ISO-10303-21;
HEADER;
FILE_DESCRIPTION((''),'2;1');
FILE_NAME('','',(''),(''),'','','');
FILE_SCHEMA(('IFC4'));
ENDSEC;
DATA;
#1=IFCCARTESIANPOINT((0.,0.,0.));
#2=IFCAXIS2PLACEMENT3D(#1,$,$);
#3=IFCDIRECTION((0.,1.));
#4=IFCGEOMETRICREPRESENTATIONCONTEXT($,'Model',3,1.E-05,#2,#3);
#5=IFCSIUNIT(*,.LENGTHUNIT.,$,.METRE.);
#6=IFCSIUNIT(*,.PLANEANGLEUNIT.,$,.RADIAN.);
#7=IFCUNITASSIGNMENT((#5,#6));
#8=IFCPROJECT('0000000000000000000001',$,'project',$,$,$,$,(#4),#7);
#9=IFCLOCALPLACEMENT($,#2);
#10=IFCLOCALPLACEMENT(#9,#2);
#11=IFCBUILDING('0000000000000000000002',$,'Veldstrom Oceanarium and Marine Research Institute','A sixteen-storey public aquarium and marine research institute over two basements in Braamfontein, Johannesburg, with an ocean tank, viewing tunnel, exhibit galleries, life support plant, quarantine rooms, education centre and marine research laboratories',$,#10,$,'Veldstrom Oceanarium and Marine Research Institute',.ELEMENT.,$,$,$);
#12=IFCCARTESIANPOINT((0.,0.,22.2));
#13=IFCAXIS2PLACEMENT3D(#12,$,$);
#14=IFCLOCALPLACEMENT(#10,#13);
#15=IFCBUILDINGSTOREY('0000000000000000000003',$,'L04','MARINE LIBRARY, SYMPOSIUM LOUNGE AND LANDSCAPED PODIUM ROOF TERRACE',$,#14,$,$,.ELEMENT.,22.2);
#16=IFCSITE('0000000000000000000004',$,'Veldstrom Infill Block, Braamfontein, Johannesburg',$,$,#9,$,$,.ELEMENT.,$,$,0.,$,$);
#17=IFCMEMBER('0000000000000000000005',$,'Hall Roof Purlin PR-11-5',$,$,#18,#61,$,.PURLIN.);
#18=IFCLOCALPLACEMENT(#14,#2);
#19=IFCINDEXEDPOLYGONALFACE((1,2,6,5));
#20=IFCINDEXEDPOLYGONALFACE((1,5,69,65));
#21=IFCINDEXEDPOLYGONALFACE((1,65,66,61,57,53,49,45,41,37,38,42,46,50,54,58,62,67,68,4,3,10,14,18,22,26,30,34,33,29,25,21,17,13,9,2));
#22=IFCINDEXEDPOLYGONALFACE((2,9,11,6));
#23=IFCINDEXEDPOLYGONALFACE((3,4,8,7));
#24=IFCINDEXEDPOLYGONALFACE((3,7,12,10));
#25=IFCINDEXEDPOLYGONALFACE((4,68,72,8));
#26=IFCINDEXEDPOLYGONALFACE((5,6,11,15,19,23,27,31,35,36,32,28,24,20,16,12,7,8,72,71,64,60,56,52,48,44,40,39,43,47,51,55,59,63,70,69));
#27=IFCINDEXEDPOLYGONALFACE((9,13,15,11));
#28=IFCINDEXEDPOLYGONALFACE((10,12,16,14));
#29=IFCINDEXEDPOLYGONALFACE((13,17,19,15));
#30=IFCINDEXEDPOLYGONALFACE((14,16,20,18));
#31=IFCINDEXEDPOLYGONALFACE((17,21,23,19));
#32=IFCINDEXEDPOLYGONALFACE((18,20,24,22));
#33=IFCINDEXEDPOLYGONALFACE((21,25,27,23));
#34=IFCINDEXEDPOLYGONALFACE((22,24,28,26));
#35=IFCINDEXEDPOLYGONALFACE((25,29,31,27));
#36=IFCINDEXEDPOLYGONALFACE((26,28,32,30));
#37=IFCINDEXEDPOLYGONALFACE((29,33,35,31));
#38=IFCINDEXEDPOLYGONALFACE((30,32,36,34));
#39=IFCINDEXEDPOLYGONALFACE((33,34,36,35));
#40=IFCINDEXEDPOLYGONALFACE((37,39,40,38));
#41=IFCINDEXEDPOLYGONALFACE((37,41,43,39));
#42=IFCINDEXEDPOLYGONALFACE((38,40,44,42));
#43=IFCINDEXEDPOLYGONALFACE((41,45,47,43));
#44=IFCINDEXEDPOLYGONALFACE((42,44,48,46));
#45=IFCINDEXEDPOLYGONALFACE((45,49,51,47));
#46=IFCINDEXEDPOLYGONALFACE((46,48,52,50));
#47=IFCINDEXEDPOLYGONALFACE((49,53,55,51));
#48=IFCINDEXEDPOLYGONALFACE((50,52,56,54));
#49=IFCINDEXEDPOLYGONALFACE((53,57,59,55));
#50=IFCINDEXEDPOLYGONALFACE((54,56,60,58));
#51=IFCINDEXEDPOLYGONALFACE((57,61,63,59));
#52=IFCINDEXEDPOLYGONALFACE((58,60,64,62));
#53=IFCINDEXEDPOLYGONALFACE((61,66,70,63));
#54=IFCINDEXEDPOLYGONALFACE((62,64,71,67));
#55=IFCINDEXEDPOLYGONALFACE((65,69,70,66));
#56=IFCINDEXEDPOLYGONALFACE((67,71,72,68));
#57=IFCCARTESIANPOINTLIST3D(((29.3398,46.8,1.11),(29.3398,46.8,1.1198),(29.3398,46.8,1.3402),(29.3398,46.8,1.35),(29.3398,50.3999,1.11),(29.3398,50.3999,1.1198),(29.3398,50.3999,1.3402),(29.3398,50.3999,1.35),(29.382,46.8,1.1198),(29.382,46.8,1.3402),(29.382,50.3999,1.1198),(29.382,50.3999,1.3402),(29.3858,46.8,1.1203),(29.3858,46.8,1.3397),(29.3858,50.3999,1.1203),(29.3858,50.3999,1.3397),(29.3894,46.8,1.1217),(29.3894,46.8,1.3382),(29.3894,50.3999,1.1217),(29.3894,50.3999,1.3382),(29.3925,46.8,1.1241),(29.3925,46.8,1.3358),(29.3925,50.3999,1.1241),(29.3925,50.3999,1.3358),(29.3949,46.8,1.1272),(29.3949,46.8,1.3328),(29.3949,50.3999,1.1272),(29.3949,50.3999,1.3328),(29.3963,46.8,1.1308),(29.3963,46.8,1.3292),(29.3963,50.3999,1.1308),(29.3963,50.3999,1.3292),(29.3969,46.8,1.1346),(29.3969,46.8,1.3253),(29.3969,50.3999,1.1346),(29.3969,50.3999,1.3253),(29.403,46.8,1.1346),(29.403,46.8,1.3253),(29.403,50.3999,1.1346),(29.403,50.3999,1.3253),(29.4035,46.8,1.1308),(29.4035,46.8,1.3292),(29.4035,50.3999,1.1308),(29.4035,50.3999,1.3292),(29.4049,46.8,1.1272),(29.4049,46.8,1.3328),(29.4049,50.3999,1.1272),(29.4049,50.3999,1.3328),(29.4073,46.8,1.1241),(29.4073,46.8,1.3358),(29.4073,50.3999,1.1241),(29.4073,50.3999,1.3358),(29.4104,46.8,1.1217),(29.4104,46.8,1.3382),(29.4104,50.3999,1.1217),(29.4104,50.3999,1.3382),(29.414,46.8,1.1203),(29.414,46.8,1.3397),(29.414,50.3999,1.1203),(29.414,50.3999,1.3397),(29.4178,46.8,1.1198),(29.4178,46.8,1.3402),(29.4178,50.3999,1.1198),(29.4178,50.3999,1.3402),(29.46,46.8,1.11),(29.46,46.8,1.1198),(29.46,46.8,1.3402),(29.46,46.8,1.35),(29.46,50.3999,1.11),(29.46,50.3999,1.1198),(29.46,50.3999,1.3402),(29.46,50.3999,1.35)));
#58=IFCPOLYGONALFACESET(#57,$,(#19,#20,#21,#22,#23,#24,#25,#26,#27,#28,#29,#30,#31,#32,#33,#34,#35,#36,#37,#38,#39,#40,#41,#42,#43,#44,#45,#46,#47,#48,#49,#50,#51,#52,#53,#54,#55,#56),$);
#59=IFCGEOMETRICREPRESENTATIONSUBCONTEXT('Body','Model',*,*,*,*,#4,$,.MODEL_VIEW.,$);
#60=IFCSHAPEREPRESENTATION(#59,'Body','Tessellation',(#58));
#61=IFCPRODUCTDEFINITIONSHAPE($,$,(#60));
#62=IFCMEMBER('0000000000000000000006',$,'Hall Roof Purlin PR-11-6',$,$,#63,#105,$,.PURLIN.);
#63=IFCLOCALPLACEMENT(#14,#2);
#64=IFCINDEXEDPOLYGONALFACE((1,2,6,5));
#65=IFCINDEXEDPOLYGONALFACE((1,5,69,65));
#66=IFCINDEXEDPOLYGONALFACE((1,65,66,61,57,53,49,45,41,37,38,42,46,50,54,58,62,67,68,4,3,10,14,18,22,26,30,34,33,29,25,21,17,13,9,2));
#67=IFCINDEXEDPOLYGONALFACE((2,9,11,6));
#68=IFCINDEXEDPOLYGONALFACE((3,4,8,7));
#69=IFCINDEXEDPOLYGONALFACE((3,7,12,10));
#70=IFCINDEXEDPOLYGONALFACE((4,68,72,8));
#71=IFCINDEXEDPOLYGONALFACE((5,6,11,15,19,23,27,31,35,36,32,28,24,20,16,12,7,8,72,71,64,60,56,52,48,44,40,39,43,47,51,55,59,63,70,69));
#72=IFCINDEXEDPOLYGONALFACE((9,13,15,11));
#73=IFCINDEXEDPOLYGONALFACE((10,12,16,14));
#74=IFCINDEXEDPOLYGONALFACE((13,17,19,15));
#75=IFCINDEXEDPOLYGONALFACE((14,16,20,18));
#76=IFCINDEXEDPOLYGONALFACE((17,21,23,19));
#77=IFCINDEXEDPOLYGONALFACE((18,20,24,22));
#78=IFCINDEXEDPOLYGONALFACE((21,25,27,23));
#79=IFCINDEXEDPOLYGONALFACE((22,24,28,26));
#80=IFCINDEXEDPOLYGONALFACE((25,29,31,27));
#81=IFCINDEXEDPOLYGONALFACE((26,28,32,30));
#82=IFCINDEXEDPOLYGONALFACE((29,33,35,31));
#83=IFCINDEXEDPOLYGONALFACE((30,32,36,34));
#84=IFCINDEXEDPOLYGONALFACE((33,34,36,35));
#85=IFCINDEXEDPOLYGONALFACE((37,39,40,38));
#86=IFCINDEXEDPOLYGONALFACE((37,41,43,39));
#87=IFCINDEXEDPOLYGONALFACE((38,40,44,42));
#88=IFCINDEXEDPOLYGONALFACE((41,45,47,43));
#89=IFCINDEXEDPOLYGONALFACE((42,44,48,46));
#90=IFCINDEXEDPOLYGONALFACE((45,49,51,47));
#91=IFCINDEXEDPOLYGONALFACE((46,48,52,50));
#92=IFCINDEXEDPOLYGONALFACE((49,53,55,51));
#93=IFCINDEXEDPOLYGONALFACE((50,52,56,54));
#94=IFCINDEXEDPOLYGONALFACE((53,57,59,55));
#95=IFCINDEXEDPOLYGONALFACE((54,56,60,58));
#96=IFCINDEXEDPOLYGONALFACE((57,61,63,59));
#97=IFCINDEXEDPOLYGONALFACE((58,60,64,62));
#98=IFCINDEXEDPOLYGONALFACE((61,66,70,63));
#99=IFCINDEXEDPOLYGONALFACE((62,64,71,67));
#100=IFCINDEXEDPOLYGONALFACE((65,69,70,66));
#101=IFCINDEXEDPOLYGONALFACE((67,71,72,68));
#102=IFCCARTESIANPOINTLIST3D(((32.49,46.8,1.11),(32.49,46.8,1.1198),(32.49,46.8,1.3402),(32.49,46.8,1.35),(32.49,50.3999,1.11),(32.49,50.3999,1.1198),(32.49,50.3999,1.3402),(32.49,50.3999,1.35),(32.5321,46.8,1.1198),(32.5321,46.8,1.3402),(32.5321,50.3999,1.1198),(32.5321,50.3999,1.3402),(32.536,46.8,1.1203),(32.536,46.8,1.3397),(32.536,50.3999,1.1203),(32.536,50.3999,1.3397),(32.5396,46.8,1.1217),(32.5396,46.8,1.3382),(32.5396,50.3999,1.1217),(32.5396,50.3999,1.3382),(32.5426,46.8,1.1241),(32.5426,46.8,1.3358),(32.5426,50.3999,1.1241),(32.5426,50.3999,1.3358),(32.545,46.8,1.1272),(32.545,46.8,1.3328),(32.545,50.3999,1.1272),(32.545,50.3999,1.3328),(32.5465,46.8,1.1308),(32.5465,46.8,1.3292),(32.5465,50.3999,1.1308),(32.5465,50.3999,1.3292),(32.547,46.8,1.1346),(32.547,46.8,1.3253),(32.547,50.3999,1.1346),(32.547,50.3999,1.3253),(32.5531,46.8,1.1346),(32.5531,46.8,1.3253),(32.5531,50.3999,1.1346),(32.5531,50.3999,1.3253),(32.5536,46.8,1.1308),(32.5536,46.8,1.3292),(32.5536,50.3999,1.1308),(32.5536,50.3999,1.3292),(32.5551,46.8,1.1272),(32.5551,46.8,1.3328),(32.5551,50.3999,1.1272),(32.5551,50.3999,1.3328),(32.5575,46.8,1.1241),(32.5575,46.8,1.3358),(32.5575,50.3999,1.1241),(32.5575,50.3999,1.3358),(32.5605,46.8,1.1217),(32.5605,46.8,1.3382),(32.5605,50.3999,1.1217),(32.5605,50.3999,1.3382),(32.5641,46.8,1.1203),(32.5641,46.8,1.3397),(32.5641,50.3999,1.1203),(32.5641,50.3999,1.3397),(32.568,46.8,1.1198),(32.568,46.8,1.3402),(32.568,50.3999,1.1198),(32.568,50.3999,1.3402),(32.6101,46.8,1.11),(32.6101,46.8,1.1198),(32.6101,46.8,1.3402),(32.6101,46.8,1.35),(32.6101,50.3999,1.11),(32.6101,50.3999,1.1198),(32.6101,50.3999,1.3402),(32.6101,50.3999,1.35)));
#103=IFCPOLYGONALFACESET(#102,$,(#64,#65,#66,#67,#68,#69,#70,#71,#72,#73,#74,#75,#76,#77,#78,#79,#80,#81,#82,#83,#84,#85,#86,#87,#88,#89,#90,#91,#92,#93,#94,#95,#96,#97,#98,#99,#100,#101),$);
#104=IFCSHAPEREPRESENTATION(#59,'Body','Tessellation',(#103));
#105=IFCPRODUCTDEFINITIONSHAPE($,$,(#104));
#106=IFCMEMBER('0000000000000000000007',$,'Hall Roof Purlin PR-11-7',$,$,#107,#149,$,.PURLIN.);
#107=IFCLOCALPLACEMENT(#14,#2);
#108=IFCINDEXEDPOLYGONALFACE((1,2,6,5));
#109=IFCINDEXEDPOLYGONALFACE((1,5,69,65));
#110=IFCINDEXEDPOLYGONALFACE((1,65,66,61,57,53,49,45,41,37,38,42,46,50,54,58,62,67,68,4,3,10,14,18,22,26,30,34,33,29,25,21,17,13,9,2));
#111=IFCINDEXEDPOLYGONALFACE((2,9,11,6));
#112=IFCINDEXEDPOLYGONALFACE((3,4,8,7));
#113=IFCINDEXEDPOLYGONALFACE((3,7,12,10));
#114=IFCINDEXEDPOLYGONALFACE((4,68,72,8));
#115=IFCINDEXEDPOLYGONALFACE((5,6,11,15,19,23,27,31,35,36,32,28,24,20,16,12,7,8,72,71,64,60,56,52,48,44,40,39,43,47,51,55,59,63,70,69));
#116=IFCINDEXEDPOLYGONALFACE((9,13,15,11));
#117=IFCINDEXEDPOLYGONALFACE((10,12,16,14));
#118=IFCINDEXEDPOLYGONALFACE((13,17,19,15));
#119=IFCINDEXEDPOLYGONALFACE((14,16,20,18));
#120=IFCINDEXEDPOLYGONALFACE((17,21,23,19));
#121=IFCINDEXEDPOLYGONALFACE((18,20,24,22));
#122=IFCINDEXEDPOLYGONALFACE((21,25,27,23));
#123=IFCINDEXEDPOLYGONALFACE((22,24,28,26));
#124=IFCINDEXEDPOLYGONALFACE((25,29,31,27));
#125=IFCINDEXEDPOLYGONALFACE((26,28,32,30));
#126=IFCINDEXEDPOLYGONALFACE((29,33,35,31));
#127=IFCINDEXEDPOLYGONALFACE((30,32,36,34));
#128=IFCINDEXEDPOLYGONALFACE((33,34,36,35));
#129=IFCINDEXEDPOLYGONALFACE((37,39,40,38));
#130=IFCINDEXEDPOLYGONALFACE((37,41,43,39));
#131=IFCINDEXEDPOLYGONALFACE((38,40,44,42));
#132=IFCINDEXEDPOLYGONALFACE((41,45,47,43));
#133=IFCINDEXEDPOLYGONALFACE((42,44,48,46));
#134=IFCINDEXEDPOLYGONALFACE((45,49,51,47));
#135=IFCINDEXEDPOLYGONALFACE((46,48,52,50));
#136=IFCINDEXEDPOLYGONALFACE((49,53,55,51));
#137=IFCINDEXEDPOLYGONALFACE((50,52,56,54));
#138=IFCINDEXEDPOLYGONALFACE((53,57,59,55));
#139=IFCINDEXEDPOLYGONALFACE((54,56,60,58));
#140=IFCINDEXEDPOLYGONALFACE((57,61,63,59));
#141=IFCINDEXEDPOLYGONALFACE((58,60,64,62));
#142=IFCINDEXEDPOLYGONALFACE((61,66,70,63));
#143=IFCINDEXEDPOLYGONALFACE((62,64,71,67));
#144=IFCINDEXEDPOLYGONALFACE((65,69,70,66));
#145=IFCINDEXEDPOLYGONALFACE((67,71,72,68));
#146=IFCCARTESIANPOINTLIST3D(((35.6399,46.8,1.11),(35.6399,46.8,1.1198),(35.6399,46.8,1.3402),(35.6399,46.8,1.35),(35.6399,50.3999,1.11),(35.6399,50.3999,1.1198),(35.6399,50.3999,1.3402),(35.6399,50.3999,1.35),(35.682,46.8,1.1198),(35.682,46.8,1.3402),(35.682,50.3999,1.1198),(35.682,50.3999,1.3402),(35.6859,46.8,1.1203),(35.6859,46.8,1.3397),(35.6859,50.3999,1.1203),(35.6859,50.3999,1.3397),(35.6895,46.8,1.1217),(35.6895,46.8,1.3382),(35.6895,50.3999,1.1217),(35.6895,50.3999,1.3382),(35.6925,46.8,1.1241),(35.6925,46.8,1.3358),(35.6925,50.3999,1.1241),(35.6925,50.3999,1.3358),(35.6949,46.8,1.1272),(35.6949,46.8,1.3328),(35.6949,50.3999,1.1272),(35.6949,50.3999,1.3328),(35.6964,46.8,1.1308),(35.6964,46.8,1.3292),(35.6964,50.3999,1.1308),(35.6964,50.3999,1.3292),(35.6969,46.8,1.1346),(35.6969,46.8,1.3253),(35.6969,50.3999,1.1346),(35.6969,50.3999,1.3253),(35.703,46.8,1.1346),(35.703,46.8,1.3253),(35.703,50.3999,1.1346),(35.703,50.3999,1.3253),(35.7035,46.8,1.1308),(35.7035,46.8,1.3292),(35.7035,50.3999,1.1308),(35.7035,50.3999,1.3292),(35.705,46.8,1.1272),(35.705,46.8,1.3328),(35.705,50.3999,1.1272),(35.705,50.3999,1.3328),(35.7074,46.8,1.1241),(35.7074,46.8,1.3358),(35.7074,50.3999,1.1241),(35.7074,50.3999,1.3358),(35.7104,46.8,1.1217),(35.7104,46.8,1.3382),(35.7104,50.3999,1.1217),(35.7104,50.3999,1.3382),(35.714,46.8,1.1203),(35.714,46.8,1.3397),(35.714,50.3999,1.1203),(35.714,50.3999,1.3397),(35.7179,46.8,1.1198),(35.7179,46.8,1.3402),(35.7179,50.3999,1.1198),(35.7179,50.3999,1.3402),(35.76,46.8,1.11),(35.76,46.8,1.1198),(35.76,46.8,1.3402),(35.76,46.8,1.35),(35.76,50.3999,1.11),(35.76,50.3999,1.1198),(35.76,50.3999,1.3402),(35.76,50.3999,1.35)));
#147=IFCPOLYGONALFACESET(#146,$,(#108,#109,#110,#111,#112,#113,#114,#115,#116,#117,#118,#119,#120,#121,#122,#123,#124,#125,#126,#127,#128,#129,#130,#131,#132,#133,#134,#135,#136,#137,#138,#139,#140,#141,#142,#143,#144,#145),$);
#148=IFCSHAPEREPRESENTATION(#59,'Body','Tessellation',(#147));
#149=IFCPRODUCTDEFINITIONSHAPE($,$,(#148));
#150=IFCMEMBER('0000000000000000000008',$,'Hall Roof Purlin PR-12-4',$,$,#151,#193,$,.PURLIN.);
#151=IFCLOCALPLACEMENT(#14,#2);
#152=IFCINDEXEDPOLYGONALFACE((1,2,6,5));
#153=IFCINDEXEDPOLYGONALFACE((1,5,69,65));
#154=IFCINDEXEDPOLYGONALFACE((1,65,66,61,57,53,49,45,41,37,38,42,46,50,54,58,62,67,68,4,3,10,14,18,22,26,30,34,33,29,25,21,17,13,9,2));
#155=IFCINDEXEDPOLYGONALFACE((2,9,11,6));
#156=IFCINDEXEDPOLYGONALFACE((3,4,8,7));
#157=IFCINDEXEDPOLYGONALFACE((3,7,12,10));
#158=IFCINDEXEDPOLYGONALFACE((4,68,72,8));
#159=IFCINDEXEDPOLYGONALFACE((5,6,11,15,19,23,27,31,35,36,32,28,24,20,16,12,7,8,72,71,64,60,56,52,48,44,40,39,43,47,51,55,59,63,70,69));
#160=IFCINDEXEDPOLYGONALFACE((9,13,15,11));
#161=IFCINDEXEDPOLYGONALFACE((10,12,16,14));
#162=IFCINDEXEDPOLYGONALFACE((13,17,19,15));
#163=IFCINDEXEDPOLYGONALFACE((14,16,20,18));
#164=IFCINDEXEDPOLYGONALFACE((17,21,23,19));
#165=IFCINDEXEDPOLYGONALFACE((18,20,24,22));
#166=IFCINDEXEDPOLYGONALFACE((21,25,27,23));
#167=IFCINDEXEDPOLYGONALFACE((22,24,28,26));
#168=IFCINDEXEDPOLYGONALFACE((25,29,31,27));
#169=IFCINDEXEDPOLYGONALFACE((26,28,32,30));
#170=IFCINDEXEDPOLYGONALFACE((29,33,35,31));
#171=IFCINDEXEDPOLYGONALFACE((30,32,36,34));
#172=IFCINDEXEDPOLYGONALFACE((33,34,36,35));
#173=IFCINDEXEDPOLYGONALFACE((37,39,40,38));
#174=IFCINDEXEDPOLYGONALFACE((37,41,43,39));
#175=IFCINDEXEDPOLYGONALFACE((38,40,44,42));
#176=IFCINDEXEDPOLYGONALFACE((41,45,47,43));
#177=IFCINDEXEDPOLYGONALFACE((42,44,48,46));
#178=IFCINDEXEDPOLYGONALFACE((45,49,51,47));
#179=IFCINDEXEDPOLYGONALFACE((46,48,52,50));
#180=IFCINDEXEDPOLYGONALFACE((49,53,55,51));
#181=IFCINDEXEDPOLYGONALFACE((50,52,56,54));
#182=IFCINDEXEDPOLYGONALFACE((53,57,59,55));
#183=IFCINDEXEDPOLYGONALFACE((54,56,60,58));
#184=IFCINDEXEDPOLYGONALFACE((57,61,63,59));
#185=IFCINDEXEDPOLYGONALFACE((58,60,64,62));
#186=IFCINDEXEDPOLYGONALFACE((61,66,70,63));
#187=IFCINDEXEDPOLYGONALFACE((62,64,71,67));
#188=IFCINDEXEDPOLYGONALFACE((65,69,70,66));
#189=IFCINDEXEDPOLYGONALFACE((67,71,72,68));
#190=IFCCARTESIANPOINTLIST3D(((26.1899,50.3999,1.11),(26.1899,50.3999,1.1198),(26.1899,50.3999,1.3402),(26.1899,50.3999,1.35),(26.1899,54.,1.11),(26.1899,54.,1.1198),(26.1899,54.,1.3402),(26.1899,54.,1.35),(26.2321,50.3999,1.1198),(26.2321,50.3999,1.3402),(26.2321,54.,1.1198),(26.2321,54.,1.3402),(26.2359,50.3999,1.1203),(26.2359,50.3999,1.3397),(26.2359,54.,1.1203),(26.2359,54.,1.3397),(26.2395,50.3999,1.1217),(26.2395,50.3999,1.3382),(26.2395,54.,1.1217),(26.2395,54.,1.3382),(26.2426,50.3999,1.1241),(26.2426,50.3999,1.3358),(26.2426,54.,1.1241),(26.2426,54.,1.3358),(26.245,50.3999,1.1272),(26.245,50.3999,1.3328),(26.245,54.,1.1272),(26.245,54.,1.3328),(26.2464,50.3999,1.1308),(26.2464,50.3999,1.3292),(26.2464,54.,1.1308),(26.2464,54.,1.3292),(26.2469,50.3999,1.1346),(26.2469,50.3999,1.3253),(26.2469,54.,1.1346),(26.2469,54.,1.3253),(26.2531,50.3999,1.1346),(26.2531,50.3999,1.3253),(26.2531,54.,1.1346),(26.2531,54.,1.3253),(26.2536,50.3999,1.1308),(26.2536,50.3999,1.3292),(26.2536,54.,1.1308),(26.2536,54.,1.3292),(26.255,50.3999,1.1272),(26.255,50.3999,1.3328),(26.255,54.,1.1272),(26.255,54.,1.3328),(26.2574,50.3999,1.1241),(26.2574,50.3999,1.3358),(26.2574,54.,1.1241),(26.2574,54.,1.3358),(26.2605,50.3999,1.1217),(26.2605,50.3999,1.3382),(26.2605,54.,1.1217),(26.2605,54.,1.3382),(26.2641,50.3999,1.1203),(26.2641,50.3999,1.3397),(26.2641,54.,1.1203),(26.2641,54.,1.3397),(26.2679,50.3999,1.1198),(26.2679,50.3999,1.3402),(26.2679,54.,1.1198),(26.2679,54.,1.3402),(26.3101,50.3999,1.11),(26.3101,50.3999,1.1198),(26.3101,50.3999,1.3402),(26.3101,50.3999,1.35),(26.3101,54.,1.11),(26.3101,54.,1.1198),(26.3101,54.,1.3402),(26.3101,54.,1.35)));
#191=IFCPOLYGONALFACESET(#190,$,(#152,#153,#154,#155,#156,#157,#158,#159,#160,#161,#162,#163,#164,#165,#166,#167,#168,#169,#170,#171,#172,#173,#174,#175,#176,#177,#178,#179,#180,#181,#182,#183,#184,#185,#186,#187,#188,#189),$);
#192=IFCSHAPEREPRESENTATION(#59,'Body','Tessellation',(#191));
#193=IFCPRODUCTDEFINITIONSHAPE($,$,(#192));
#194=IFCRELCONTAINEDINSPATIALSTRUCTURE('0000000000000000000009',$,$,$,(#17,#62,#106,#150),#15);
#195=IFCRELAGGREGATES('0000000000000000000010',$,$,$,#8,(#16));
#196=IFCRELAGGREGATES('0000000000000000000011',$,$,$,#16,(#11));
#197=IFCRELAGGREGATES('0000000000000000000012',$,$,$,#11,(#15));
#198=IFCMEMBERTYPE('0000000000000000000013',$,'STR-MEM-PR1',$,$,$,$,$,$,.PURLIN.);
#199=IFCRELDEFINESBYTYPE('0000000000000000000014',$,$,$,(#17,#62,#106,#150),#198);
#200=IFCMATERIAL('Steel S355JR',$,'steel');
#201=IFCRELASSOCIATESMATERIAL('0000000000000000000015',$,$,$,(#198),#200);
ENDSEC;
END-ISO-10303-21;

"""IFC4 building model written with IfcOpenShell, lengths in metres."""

from ifc_helpers import new_model, si_unit, direction, frame, origin, origin_2d, place, context, subcontext, project, spatial, i_section, extrude, material, material_profile, profile_set, type_object, element, save


model = new_model("IFC4")

# Units and contexts
model_context = context("Model", 3, precision=1e-05, world=origin(), true_north=direction((0.0, 1.0)))
body_context = subcontext(model_context, "Body", "Model", "MODEL_VIEW")
ifc_project = project(units=[si_unit("LENGTHUNIT", "METRE"), si_unit("PLANEANGLEUNIT", "RADIAN")], contexts=[model_context])

# Site, building, storey
site_placement = place(None, origin())
site = spatial("IfcSite", under=ifc_project, at=site_placement, Name="Veldstrom Infill Block, Braamfontein, Johannesburg", CompositionType="ELEMENT", RefElevation=0.0)
building_placement = place(site_placement, origin())
building = spatial("IfcBuilding", under=site, at=building_placement, Name="Veldstrom Oceanarium and Marine Research Institute", Description="A sixteen-storey public aquarium and marine research institute over two basements in Braamfontein, Johannesburg, with an ocean tank, viewing tunnel, exhibit galleries, life support plant, quarantine rooms, education centre and marine research laboratories", LongName="Veldstrom Oceanarium and Marine Research Institute", CompositionType="ELEMENT")
storey_placement = place(building_placement, frame((0.0, 0.0, 22.2)))
storey = spatial("IfcBuildingStorey", under=building, at=storey_placement, Name="L04", Description="MARINE LIBRARY, SYMPOSIUM LOUNGE AND LANDSCAPED PODIUM ROOF TERRACE", CompositionType="ELEMENT", Elevation=22.2)

# Members
ifc_material_1 = material(Name="Steel S355JR", Category="steel")
ifc_material_profile_1 = material_profile(ifc_material_1, i_section(OverallWidth=0.1201, OverallDepth=0.24, WebThickness=0.0061, FlangeThickness=0.0098, FilletRadius=0.0149, at=origin_2d()), Name="IPE 240")
ifc_profile_set_1 = profile_set([ifc_material_profile_1], Name="Steel S355JR")
member_type_1 = type_object("IfcMemberType", Name="STR-MEM-PR1", PredefinedType="PURLIN", material=ifc_profile_set_1)
for number, where, z_axis, x_axis, name in (
    (1, (29.3999, 46.8, 1.23), (0.0, 1.0, 0.0), (-1.0, 0.0, 0.0), "Hall Roof Purlin PR-11-5"),
    (2, (32.55, 46.8, 1.23), (0.0, 1.0, 0.0), (-1.0, 0.0, 0.0), "Hall Roof Purlin PR-11-6"),
    (3, (35.7, 46.8, 1.23), (0.0, 1.0, 0.0), (-1.0, 0.0, 0.0), "Hall Roof Purlin PR-11-7"),
):
    element("IfcMember", number, at=place(storey_placement, frame(where, z_axis=z_axis, x_axis=x_axis)), inside=storey, type_object=member_type_1, Name=name, PredefinedType="PURLIN", context=body_context, shape_type="SweptSolid", body=[
        extrude(i_section(OverallWidth=0.1201, OverallDepth=0.24, WebThickness=0.0061, FlangeThickness=0.0098, FilletRadius=0.0149, at=origin_2d()), origin(), (0.0, 0.0, 1.0), 3.5999),
    ])
for number, where, z_axis, x_axis, name in (
    (4, (26.25, 50.3999, 1.23), (0.0, 1.0, 0.0), (-1.0, 0.0, 0.0), "Hall Roof Purlin PR-12-4"),
):
    element("IfcMember", number, at=place(storey_placement, frame(where, z_axis=z_axis, x_axis=x_axis)), inside=storey, type_object=member_type_1, Name=name, PredefinedType="PURLIN", context=body_context, shape_type="SweptSolid", body=[
        extrude(i_section(OverallWidth=0.1201, OverallDepth=0.24, WebThickness=0.0061, FlangeThickness=0.0098, FilletRadius=0.0149, at=origin_2d()), origin(), (0.0, 0.0, 1.0), 3.6001),
    ])

save(model, "model.ifc")
